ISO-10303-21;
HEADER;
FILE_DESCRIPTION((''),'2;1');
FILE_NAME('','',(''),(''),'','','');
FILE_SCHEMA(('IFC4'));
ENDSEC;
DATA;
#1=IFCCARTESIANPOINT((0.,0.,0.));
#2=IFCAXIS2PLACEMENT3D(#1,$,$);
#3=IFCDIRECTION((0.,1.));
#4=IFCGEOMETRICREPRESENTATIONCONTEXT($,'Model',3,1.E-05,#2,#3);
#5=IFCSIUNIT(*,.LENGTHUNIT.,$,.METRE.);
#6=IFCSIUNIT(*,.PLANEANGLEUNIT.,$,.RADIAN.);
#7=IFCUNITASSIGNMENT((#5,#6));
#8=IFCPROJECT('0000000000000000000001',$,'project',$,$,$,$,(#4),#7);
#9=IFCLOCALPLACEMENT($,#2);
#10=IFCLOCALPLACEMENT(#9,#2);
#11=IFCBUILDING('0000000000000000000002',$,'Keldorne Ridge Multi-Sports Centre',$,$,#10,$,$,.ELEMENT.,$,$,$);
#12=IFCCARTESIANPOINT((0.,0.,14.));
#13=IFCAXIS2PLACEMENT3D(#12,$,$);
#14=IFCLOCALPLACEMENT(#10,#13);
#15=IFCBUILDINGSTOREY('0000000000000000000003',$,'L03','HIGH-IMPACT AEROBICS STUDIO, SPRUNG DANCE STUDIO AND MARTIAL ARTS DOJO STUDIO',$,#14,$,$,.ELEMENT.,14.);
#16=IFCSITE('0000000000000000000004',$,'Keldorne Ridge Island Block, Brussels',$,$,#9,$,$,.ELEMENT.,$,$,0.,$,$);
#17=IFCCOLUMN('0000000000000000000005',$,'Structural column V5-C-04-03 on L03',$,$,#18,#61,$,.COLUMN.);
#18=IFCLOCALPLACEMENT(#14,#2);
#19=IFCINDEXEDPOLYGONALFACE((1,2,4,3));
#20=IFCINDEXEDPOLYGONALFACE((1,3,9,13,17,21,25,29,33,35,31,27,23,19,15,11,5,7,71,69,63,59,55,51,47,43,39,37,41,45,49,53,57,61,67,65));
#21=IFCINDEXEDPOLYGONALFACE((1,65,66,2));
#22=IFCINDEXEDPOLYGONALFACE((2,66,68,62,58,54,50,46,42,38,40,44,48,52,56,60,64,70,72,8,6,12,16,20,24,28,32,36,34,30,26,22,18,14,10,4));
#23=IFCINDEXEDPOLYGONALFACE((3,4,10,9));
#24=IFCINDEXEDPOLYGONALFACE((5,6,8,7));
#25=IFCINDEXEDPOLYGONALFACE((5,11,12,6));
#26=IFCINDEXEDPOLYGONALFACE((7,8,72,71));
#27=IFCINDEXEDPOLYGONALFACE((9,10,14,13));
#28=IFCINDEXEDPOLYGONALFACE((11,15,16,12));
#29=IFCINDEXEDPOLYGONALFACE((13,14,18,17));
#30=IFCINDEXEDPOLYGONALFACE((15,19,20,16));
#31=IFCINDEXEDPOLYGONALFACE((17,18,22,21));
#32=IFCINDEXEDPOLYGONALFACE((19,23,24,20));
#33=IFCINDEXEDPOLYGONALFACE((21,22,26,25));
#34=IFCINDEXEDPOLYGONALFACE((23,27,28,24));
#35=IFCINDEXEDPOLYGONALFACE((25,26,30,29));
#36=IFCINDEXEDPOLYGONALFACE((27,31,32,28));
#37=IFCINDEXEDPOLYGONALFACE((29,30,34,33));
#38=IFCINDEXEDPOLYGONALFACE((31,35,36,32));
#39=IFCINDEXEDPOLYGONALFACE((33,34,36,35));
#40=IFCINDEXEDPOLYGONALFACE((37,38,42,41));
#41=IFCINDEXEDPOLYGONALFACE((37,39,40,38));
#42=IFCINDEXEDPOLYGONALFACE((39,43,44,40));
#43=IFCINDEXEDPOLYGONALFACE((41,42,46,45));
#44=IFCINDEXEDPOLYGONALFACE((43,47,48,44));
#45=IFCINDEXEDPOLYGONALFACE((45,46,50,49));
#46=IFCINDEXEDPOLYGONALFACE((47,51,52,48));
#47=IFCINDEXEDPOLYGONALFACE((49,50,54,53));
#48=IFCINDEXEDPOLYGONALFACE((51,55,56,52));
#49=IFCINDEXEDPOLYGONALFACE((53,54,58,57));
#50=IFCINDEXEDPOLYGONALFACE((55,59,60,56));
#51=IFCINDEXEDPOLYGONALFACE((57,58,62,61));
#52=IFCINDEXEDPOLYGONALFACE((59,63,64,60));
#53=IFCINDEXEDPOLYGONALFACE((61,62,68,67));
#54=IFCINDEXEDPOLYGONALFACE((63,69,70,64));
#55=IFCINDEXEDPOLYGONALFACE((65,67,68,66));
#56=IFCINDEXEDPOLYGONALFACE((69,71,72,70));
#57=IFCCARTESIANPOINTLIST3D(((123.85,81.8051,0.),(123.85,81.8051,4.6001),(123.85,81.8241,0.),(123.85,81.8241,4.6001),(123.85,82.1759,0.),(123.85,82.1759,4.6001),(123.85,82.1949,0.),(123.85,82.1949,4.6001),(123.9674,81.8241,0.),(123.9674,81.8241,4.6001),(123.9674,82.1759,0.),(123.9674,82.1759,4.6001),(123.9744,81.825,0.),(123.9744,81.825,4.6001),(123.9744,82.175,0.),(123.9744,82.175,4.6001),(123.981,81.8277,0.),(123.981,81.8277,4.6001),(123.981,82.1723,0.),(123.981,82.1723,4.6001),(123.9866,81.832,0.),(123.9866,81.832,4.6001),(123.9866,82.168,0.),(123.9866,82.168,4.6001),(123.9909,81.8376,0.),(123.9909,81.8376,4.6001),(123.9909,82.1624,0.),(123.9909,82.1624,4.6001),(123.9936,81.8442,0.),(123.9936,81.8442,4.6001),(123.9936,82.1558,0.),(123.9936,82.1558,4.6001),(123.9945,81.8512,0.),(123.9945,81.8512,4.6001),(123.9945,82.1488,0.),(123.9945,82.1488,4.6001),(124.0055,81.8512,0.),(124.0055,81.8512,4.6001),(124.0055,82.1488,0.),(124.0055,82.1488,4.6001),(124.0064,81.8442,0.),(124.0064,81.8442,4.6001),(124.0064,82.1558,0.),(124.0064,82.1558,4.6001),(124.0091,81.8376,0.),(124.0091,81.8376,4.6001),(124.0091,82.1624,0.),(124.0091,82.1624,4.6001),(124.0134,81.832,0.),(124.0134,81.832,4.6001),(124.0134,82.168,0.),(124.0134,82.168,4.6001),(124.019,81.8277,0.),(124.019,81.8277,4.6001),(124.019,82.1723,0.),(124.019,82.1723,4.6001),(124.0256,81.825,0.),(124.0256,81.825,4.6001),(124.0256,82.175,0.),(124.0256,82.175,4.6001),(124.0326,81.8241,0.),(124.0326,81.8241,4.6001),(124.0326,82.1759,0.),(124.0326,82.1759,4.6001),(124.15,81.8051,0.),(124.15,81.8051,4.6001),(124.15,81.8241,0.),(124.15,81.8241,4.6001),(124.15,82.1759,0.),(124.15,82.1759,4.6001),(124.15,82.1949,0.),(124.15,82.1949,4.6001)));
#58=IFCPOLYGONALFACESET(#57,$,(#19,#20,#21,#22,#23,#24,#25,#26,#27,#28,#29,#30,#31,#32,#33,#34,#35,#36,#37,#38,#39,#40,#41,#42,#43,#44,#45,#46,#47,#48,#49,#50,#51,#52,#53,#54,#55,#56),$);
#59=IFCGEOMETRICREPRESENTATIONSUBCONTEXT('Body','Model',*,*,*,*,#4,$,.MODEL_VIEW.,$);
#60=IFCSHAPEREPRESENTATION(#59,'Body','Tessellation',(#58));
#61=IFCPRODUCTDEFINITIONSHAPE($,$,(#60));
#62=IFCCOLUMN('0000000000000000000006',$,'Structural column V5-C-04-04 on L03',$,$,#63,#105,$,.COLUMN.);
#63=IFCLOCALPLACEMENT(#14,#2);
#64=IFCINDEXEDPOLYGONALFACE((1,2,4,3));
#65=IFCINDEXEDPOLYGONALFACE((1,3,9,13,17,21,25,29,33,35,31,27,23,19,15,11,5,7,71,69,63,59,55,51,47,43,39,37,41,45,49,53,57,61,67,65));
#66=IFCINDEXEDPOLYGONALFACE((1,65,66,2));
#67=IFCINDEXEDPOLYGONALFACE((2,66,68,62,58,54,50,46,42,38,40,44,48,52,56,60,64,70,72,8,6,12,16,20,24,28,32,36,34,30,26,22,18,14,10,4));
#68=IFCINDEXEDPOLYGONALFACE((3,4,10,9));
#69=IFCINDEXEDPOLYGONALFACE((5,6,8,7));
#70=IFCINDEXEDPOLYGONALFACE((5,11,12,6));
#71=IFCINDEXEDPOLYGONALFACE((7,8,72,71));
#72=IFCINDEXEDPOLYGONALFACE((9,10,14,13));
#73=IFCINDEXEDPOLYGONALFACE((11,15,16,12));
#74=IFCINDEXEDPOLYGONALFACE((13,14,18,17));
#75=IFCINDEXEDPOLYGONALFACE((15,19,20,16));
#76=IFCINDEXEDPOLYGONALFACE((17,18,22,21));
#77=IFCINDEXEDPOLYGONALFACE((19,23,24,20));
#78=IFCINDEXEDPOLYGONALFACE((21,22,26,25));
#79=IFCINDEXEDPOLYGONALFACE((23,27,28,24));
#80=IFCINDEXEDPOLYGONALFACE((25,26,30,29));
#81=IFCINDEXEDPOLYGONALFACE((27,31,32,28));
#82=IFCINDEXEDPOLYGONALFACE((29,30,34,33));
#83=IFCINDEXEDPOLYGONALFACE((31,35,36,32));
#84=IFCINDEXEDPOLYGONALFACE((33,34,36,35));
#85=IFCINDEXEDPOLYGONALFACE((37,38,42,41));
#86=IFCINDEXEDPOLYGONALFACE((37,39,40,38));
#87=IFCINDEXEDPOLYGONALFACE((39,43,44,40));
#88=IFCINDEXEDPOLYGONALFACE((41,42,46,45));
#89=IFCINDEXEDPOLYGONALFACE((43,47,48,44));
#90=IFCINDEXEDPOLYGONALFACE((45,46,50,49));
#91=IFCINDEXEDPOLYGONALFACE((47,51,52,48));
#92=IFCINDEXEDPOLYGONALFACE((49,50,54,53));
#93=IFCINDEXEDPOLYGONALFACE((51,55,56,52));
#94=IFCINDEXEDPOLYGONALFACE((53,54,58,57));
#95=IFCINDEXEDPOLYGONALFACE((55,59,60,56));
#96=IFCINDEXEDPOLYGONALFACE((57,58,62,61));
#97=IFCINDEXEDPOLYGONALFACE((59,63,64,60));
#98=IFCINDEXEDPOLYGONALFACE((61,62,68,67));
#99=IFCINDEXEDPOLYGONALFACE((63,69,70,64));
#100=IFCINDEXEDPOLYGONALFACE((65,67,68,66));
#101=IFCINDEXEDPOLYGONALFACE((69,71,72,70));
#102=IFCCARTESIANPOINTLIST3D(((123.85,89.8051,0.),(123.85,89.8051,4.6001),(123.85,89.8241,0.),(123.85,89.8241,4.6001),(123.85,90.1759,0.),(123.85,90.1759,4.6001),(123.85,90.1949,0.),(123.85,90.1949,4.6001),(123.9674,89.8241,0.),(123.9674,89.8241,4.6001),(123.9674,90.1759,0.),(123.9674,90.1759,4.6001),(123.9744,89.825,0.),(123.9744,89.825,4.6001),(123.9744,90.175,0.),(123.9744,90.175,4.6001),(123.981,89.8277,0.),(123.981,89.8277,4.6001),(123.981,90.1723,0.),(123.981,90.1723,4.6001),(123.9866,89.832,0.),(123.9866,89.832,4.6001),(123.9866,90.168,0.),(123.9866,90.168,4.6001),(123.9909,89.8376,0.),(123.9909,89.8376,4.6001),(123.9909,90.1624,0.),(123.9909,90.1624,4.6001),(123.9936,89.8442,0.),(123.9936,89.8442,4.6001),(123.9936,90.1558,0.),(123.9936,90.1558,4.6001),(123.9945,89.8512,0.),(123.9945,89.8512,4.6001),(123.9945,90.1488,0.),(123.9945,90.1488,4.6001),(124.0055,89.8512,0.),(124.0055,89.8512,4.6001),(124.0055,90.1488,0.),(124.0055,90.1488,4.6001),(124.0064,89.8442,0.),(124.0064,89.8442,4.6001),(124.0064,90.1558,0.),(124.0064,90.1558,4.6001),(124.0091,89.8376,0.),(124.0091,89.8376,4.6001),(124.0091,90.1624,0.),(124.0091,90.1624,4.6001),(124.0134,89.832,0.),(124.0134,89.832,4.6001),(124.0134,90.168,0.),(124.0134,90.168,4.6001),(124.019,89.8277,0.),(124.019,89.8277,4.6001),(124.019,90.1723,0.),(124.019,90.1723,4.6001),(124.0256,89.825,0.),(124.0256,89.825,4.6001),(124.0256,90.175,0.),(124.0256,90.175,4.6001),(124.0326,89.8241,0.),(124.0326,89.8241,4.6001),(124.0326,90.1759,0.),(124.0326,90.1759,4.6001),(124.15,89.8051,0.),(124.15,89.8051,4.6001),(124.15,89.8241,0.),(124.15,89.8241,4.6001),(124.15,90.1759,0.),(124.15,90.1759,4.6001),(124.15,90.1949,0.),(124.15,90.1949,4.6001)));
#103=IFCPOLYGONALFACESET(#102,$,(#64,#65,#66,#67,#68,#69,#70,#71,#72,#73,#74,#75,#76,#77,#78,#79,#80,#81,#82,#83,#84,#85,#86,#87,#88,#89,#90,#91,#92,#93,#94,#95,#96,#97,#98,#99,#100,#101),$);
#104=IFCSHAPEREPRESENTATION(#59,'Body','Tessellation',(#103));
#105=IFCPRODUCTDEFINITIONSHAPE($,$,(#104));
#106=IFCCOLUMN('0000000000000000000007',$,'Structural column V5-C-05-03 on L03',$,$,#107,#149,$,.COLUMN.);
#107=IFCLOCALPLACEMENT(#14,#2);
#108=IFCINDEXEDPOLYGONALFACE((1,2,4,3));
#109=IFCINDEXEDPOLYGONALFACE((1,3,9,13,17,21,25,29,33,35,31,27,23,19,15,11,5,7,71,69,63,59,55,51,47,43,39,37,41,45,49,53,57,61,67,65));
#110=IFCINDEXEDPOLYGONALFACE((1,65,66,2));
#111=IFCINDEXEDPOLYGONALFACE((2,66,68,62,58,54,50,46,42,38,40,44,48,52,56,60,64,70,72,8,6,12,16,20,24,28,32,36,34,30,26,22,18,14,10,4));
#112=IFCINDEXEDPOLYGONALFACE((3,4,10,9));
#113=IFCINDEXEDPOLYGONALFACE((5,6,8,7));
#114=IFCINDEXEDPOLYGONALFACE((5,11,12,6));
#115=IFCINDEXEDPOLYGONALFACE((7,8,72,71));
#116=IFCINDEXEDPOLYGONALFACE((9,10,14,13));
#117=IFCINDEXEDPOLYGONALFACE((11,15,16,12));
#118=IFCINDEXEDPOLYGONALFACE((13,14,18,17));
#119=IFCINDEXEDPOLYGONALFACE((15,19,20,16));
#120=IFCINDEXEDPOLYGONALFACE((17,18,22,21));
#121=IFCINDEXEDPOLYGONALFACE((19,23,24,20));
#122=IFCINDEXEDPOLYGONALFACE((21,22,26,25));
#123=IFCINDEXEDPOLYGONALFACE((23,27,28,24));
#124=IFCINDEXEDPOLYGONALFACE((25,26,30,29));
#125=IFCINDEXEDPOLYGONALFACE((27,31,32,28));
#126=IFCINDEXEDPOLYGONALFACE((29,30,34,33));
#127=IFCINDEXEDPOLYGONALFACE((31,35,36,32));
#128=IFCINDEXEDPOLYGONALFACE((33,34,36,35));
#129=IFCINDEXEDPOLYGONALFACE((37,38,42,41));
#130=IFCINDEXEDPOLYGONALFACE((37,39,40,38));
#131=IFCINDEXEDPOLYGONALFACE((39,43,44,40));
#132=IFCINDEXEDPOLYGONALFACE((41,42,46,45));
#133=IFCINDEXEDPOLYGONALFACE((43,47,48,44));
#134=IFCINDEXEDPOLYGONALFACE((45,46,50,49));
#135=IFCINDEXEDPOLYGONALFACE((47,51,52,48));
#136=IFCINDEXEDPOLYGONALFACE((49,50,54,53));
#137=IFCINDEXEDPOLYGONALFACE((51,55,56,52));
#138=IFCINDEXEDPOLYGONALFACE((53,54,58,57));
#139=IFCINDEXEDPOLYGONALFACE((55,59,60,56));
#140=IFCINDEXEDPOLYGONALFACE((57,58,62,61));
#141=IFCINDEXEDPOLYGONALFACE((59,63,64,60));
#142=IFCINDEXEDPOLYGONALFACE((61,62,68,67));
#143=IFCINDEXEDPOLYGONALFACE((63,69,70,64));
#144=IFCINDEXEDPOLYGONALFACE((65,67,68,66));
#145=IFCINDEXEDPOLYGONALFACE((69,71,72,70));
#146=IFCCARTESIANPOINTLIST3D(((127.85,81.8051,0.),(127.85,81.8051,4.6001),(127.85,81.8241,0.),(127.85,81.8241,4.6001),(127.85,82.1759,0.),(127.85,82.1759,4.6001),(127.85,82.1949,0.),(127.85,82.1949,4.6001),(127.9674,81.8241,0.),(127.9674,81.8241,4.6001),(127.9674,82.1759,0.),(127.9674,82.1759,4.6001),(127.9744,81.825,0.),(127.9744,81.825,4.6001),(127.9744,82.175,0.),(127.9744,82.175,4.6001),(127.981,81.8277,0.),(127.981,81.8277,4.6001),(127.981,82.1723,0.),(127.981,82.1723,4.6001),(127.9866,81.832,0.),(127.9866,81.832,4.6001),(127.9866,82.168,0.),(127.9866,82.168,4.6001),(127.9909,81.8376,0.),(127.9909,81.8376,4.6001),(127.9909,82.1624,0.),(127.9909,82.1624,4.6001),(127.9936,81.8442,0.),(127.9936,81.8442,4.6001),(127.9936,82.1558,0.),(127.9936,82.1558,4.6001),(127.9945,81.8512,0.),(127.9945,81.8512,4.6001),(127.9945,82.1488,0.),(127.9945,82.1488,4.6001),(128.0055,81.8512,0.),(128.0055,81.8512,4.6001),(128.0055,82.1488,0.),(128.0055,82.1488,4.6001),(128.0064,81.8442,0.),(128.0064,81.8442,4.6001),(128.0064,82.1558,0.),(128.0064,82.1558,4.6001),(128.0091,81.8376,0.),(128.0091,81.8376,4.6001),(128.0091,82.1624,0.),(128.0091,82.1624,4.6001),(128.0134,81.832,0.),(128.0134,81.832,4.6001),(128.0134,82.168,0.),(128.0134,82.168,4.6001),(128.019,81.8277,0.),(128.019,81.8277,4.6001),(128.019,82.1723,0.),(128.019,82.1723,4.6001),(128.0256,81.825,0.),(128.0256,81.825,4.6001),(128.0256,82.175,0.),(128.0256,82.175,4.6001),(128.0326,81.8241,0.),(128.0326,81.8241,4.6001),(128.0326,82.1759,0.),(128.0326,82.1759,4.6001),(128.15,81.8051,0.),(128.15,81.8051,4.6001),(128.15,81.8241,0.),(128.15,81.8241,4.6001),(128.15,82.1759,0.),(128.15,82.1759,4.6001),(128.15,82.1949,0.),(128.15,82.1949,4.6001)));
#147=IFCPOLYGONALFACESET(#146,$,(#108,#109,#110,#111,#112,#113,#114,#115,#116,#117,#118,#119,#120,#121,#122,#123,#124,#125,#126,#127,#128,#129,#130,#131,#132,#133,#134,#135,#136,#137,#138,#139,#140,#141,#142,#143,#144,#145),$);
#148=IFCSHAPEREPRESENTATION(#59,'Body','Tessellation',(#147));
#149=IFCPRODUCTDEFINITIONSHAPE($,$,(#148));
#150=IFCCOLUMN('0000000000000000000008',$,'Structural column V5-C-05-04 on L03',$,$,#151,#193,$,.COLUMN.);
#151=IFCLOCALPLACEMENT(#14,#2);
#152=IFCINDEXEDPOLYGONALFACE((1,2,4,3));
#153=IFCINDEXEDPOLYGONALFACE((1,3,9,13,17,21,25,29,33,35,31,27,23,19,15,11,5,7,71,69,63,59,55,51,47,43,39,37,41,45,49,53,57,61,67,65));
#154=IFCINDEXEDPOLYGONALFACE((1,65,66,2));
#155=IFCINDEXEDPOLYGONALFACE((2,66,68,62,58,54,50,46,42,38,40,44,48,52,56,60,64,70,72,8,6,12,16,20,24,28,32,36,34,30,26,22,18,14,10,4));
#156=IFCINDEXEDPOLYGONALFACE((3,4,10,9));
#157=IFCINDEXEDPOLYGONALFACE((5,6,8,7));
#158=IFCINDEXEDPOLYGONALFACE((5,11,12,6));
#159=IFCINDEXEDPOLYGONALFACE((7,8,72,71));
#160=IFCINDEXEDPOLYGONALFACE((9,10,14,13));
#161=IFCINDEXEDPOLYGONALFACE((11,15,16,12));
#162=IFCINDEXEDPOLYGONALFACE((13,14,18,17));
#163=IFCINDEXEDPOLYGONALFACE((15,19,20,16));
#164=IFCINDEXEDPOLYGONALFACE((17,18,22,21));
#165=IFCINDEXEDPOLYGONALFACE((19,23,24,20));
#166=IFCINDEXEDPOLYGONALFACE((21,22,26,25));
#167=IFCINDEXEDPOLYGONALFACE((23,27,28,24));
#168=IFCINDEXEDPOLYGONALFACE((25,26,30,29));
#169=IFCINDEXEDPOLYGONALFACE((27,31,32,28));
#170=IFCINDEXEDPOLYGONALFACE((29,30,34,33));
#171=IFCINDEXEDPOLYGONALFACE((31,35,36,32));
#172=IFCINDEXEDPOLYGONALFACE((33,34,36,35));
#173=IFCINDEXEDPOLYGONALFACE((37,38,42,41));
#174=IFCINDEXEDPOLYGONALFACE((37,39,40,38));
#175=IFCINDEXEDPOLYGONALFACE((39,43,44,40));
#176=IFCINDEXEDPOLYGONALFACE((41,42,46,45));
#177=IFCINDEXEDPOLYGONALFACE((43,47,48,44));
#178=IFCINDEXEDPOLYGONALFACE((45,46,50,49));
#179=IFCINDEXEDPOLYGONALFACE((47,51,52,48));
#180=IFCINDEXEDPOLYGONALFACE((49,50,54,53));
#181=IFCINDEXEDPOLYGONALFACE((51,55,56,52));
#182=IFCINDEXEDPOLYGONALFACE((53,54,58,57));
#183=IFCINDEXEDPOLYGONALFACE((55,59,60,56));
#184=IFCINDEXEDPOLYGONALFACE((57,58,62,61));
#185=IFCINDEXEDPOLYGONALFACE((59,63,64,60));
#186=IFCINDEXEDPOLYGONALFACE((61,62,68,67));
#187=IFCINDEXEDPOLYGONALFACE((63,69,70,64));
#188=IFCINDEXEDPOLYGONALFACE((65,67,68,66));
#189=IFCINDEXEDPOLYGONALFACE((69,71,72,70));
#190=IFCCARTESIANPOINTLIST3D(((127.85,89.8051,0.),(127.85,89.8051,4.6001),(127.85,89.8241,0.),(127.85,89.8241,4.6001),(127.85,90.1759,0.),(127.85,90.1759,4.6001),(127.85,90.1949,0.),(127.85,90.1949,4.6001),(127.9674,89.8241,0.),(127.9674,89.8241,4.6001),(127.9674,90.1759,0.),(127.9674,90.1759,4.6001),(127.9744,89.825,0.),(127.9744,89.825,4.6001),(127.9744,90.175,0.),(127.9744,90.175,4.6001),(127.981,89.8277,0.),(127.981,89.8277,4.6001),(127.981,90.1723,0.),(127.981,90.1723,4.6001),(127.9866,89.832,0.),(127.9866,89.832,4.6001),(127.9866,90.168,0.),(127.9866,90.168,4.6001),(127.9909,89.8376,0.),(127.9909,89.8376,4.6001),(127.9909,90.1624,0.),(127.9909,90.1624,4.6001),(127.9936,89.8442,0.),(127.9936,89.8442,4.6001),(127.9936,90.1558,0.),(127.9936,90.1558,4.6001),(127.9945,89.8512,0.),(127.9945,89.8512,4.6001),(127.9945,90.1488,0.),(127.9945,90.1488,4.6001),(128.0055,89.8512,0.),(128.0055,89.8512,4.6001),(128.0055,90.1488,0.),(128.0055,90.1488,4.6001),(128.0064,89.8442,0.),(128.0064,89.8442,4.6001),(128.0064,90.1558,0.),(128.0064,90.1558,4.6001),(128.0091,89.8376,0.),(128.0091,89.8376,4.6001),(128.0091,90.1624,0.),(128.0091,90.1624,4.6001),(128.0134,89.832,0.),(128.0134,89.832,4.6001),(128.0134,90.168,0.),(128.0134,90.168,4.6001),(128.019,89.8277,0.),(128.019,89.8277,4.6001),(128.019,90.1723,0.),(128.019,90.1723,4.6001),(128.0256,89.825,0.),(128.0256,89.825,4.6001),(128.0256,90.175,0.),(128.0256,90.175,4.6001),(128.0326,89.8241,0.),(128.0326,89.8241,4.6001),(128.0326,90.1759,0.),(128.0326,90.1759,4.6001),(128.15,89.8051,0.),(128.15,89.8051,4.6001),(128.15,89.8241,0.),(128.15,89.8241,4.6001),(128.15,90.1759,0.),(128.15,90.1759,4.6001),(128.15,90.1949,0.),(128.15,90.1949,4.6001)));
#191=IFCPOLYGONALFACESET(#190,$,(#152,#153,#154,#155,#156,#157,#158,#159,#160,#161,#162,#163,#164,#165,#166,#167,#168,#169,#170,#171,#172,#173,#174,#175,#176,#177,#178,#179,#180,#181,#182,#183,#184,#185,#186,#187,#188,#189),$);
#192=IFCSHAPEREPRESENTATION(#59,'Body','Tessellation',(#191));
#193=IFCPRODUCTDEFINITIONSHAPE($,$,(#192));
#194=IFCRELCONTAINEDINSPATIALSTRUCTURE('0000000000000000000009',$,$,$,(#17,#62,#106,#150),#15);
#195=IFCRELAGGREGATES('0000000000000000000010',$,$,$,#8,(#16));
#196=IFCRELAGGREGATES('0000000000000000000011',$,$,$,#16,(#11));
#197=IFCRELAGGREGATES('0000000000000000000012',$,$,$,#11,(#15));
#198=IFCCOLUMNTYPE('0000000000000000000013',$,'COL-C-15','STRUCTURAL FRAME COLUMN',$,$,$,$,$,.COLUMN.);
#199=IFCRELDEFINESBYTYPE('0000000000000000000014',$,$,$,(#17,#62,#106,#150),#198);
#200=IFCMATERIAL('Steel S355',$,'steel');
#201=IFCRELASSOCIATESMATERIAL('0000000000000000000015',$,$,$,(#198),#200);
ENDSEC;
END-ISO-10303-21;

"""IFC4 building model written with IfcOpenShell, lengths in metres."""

from ifc_helpers import new_model, si_unit, direction, frame, origin, origin_2d, place, context, subcontext, project, spatial, i_section, extrude, material, material_profile, profile_set, type_object, element, save


model = new_model("IFC4")

# Units and contexts
model_context = context("Model", 3, precision=1e-05, world=origin(), true_north=direction((0.0, 1.0)))
body_context = subcontext(model_context, "Body", "Model", "MODEL_VIEW")
ifc_project = project(units=[si_unit("LENGTHUNIT", "METRE"), si_unit("PLANEANGLEUNIT", "RADIAN")], contexts=[model_context])

# Site, building, storey
site_placement = place(None, origin())
site = spatial("IfcSite", under=ifc_project, at=site_placement, Name="Keldorne Ridge Island Block, Brussels", CompositionType="ELEMENT", RefElevation=0.0)
building_placement = place(site_placement, origin())
building = spatial("IfcBuilding", under=site, at=building_placement, Name="Keldorne Ridge Multi-Sports Centre", CompositionType="ELEMENT")
storey_placement = place(building_placement, frame((0.0, 0.0, 14.0)))
storey = spatial("IfcBuildingStorey", under=building, at=storey_placement, Name="L03", Description="HIGH-IMPACT AEROBICS STUDIO, SPRUNG DANCE STUDIO AND MARTIAL ARTS DOJO STUDIO", CompositionType="ELEMENT", Elevation=14.0)

# Columns
ifc_material_1 = material(Name="Steel S355", Category="steel")
ifc_material_profile_1 = material_profile(ifc_material_1, i_section(OverallWidth=0.3, OverallDepth=0.3899, WebThickness=0.011, FlangeThickness=0.019, FilletRadius=0.0271, at=origin_2d()), Name="HEA 400")
ifc_profile_set_1 = profile_set([ifc_material_profile_1], Name="Steel S355")
column_type = type_object("IfcColumnType", Name="COL-C-15", Description="STRUCTURAL FRAME COLUMN", PredefinedType="COLUMN", material=ifc_profile_set_1)
for number, where, z_axis, x_axis, name in (
    (1, (124.0, 82.0, 0.0), (0.0, 0.0, 1.0), (1.0, 0.0, 0.0), "Structural column V5-C-04-03 on L03"),
    (2, (124.0, 90.0, 0.0), (0.0, 0.0, 1.0), (1.0, 0.0, 0.0), "Structural column V5-C-04-04 on L03"),
    (3, (128.0, 82.0, 0.0), (0.0, 0.0, 1.0), (1.0, 0.0, 0.0), "Structural column V5-C-05-03 on L03"),
    (4, (128.0, 90.0, 0.0), (0.0, 0.0, 1.0), (1.0, 0.0, 0.0), "Structural column V5-C-05-04 on L03"),
):
    element("IfcColumn", number, at=place(storey_placement, frame(where, z_axis=z_axis, x_axis=x_axis)), inside=storey, type_object=column_type, Name=name, PredefinedType="COLUMN", context=body_context, shape_type="SweptSolid", body=[
        extrude(i_section(OverallWidth=0.3, OverallDepth=0.3899, WebThickness=0.011, FlangeThickness=0.019, FilletRadius=0.0271, at=origin_2d()), origin(), (0.0, 0.0, 1.0), 4.6001),
    ])

save(model, "model.ifc")
